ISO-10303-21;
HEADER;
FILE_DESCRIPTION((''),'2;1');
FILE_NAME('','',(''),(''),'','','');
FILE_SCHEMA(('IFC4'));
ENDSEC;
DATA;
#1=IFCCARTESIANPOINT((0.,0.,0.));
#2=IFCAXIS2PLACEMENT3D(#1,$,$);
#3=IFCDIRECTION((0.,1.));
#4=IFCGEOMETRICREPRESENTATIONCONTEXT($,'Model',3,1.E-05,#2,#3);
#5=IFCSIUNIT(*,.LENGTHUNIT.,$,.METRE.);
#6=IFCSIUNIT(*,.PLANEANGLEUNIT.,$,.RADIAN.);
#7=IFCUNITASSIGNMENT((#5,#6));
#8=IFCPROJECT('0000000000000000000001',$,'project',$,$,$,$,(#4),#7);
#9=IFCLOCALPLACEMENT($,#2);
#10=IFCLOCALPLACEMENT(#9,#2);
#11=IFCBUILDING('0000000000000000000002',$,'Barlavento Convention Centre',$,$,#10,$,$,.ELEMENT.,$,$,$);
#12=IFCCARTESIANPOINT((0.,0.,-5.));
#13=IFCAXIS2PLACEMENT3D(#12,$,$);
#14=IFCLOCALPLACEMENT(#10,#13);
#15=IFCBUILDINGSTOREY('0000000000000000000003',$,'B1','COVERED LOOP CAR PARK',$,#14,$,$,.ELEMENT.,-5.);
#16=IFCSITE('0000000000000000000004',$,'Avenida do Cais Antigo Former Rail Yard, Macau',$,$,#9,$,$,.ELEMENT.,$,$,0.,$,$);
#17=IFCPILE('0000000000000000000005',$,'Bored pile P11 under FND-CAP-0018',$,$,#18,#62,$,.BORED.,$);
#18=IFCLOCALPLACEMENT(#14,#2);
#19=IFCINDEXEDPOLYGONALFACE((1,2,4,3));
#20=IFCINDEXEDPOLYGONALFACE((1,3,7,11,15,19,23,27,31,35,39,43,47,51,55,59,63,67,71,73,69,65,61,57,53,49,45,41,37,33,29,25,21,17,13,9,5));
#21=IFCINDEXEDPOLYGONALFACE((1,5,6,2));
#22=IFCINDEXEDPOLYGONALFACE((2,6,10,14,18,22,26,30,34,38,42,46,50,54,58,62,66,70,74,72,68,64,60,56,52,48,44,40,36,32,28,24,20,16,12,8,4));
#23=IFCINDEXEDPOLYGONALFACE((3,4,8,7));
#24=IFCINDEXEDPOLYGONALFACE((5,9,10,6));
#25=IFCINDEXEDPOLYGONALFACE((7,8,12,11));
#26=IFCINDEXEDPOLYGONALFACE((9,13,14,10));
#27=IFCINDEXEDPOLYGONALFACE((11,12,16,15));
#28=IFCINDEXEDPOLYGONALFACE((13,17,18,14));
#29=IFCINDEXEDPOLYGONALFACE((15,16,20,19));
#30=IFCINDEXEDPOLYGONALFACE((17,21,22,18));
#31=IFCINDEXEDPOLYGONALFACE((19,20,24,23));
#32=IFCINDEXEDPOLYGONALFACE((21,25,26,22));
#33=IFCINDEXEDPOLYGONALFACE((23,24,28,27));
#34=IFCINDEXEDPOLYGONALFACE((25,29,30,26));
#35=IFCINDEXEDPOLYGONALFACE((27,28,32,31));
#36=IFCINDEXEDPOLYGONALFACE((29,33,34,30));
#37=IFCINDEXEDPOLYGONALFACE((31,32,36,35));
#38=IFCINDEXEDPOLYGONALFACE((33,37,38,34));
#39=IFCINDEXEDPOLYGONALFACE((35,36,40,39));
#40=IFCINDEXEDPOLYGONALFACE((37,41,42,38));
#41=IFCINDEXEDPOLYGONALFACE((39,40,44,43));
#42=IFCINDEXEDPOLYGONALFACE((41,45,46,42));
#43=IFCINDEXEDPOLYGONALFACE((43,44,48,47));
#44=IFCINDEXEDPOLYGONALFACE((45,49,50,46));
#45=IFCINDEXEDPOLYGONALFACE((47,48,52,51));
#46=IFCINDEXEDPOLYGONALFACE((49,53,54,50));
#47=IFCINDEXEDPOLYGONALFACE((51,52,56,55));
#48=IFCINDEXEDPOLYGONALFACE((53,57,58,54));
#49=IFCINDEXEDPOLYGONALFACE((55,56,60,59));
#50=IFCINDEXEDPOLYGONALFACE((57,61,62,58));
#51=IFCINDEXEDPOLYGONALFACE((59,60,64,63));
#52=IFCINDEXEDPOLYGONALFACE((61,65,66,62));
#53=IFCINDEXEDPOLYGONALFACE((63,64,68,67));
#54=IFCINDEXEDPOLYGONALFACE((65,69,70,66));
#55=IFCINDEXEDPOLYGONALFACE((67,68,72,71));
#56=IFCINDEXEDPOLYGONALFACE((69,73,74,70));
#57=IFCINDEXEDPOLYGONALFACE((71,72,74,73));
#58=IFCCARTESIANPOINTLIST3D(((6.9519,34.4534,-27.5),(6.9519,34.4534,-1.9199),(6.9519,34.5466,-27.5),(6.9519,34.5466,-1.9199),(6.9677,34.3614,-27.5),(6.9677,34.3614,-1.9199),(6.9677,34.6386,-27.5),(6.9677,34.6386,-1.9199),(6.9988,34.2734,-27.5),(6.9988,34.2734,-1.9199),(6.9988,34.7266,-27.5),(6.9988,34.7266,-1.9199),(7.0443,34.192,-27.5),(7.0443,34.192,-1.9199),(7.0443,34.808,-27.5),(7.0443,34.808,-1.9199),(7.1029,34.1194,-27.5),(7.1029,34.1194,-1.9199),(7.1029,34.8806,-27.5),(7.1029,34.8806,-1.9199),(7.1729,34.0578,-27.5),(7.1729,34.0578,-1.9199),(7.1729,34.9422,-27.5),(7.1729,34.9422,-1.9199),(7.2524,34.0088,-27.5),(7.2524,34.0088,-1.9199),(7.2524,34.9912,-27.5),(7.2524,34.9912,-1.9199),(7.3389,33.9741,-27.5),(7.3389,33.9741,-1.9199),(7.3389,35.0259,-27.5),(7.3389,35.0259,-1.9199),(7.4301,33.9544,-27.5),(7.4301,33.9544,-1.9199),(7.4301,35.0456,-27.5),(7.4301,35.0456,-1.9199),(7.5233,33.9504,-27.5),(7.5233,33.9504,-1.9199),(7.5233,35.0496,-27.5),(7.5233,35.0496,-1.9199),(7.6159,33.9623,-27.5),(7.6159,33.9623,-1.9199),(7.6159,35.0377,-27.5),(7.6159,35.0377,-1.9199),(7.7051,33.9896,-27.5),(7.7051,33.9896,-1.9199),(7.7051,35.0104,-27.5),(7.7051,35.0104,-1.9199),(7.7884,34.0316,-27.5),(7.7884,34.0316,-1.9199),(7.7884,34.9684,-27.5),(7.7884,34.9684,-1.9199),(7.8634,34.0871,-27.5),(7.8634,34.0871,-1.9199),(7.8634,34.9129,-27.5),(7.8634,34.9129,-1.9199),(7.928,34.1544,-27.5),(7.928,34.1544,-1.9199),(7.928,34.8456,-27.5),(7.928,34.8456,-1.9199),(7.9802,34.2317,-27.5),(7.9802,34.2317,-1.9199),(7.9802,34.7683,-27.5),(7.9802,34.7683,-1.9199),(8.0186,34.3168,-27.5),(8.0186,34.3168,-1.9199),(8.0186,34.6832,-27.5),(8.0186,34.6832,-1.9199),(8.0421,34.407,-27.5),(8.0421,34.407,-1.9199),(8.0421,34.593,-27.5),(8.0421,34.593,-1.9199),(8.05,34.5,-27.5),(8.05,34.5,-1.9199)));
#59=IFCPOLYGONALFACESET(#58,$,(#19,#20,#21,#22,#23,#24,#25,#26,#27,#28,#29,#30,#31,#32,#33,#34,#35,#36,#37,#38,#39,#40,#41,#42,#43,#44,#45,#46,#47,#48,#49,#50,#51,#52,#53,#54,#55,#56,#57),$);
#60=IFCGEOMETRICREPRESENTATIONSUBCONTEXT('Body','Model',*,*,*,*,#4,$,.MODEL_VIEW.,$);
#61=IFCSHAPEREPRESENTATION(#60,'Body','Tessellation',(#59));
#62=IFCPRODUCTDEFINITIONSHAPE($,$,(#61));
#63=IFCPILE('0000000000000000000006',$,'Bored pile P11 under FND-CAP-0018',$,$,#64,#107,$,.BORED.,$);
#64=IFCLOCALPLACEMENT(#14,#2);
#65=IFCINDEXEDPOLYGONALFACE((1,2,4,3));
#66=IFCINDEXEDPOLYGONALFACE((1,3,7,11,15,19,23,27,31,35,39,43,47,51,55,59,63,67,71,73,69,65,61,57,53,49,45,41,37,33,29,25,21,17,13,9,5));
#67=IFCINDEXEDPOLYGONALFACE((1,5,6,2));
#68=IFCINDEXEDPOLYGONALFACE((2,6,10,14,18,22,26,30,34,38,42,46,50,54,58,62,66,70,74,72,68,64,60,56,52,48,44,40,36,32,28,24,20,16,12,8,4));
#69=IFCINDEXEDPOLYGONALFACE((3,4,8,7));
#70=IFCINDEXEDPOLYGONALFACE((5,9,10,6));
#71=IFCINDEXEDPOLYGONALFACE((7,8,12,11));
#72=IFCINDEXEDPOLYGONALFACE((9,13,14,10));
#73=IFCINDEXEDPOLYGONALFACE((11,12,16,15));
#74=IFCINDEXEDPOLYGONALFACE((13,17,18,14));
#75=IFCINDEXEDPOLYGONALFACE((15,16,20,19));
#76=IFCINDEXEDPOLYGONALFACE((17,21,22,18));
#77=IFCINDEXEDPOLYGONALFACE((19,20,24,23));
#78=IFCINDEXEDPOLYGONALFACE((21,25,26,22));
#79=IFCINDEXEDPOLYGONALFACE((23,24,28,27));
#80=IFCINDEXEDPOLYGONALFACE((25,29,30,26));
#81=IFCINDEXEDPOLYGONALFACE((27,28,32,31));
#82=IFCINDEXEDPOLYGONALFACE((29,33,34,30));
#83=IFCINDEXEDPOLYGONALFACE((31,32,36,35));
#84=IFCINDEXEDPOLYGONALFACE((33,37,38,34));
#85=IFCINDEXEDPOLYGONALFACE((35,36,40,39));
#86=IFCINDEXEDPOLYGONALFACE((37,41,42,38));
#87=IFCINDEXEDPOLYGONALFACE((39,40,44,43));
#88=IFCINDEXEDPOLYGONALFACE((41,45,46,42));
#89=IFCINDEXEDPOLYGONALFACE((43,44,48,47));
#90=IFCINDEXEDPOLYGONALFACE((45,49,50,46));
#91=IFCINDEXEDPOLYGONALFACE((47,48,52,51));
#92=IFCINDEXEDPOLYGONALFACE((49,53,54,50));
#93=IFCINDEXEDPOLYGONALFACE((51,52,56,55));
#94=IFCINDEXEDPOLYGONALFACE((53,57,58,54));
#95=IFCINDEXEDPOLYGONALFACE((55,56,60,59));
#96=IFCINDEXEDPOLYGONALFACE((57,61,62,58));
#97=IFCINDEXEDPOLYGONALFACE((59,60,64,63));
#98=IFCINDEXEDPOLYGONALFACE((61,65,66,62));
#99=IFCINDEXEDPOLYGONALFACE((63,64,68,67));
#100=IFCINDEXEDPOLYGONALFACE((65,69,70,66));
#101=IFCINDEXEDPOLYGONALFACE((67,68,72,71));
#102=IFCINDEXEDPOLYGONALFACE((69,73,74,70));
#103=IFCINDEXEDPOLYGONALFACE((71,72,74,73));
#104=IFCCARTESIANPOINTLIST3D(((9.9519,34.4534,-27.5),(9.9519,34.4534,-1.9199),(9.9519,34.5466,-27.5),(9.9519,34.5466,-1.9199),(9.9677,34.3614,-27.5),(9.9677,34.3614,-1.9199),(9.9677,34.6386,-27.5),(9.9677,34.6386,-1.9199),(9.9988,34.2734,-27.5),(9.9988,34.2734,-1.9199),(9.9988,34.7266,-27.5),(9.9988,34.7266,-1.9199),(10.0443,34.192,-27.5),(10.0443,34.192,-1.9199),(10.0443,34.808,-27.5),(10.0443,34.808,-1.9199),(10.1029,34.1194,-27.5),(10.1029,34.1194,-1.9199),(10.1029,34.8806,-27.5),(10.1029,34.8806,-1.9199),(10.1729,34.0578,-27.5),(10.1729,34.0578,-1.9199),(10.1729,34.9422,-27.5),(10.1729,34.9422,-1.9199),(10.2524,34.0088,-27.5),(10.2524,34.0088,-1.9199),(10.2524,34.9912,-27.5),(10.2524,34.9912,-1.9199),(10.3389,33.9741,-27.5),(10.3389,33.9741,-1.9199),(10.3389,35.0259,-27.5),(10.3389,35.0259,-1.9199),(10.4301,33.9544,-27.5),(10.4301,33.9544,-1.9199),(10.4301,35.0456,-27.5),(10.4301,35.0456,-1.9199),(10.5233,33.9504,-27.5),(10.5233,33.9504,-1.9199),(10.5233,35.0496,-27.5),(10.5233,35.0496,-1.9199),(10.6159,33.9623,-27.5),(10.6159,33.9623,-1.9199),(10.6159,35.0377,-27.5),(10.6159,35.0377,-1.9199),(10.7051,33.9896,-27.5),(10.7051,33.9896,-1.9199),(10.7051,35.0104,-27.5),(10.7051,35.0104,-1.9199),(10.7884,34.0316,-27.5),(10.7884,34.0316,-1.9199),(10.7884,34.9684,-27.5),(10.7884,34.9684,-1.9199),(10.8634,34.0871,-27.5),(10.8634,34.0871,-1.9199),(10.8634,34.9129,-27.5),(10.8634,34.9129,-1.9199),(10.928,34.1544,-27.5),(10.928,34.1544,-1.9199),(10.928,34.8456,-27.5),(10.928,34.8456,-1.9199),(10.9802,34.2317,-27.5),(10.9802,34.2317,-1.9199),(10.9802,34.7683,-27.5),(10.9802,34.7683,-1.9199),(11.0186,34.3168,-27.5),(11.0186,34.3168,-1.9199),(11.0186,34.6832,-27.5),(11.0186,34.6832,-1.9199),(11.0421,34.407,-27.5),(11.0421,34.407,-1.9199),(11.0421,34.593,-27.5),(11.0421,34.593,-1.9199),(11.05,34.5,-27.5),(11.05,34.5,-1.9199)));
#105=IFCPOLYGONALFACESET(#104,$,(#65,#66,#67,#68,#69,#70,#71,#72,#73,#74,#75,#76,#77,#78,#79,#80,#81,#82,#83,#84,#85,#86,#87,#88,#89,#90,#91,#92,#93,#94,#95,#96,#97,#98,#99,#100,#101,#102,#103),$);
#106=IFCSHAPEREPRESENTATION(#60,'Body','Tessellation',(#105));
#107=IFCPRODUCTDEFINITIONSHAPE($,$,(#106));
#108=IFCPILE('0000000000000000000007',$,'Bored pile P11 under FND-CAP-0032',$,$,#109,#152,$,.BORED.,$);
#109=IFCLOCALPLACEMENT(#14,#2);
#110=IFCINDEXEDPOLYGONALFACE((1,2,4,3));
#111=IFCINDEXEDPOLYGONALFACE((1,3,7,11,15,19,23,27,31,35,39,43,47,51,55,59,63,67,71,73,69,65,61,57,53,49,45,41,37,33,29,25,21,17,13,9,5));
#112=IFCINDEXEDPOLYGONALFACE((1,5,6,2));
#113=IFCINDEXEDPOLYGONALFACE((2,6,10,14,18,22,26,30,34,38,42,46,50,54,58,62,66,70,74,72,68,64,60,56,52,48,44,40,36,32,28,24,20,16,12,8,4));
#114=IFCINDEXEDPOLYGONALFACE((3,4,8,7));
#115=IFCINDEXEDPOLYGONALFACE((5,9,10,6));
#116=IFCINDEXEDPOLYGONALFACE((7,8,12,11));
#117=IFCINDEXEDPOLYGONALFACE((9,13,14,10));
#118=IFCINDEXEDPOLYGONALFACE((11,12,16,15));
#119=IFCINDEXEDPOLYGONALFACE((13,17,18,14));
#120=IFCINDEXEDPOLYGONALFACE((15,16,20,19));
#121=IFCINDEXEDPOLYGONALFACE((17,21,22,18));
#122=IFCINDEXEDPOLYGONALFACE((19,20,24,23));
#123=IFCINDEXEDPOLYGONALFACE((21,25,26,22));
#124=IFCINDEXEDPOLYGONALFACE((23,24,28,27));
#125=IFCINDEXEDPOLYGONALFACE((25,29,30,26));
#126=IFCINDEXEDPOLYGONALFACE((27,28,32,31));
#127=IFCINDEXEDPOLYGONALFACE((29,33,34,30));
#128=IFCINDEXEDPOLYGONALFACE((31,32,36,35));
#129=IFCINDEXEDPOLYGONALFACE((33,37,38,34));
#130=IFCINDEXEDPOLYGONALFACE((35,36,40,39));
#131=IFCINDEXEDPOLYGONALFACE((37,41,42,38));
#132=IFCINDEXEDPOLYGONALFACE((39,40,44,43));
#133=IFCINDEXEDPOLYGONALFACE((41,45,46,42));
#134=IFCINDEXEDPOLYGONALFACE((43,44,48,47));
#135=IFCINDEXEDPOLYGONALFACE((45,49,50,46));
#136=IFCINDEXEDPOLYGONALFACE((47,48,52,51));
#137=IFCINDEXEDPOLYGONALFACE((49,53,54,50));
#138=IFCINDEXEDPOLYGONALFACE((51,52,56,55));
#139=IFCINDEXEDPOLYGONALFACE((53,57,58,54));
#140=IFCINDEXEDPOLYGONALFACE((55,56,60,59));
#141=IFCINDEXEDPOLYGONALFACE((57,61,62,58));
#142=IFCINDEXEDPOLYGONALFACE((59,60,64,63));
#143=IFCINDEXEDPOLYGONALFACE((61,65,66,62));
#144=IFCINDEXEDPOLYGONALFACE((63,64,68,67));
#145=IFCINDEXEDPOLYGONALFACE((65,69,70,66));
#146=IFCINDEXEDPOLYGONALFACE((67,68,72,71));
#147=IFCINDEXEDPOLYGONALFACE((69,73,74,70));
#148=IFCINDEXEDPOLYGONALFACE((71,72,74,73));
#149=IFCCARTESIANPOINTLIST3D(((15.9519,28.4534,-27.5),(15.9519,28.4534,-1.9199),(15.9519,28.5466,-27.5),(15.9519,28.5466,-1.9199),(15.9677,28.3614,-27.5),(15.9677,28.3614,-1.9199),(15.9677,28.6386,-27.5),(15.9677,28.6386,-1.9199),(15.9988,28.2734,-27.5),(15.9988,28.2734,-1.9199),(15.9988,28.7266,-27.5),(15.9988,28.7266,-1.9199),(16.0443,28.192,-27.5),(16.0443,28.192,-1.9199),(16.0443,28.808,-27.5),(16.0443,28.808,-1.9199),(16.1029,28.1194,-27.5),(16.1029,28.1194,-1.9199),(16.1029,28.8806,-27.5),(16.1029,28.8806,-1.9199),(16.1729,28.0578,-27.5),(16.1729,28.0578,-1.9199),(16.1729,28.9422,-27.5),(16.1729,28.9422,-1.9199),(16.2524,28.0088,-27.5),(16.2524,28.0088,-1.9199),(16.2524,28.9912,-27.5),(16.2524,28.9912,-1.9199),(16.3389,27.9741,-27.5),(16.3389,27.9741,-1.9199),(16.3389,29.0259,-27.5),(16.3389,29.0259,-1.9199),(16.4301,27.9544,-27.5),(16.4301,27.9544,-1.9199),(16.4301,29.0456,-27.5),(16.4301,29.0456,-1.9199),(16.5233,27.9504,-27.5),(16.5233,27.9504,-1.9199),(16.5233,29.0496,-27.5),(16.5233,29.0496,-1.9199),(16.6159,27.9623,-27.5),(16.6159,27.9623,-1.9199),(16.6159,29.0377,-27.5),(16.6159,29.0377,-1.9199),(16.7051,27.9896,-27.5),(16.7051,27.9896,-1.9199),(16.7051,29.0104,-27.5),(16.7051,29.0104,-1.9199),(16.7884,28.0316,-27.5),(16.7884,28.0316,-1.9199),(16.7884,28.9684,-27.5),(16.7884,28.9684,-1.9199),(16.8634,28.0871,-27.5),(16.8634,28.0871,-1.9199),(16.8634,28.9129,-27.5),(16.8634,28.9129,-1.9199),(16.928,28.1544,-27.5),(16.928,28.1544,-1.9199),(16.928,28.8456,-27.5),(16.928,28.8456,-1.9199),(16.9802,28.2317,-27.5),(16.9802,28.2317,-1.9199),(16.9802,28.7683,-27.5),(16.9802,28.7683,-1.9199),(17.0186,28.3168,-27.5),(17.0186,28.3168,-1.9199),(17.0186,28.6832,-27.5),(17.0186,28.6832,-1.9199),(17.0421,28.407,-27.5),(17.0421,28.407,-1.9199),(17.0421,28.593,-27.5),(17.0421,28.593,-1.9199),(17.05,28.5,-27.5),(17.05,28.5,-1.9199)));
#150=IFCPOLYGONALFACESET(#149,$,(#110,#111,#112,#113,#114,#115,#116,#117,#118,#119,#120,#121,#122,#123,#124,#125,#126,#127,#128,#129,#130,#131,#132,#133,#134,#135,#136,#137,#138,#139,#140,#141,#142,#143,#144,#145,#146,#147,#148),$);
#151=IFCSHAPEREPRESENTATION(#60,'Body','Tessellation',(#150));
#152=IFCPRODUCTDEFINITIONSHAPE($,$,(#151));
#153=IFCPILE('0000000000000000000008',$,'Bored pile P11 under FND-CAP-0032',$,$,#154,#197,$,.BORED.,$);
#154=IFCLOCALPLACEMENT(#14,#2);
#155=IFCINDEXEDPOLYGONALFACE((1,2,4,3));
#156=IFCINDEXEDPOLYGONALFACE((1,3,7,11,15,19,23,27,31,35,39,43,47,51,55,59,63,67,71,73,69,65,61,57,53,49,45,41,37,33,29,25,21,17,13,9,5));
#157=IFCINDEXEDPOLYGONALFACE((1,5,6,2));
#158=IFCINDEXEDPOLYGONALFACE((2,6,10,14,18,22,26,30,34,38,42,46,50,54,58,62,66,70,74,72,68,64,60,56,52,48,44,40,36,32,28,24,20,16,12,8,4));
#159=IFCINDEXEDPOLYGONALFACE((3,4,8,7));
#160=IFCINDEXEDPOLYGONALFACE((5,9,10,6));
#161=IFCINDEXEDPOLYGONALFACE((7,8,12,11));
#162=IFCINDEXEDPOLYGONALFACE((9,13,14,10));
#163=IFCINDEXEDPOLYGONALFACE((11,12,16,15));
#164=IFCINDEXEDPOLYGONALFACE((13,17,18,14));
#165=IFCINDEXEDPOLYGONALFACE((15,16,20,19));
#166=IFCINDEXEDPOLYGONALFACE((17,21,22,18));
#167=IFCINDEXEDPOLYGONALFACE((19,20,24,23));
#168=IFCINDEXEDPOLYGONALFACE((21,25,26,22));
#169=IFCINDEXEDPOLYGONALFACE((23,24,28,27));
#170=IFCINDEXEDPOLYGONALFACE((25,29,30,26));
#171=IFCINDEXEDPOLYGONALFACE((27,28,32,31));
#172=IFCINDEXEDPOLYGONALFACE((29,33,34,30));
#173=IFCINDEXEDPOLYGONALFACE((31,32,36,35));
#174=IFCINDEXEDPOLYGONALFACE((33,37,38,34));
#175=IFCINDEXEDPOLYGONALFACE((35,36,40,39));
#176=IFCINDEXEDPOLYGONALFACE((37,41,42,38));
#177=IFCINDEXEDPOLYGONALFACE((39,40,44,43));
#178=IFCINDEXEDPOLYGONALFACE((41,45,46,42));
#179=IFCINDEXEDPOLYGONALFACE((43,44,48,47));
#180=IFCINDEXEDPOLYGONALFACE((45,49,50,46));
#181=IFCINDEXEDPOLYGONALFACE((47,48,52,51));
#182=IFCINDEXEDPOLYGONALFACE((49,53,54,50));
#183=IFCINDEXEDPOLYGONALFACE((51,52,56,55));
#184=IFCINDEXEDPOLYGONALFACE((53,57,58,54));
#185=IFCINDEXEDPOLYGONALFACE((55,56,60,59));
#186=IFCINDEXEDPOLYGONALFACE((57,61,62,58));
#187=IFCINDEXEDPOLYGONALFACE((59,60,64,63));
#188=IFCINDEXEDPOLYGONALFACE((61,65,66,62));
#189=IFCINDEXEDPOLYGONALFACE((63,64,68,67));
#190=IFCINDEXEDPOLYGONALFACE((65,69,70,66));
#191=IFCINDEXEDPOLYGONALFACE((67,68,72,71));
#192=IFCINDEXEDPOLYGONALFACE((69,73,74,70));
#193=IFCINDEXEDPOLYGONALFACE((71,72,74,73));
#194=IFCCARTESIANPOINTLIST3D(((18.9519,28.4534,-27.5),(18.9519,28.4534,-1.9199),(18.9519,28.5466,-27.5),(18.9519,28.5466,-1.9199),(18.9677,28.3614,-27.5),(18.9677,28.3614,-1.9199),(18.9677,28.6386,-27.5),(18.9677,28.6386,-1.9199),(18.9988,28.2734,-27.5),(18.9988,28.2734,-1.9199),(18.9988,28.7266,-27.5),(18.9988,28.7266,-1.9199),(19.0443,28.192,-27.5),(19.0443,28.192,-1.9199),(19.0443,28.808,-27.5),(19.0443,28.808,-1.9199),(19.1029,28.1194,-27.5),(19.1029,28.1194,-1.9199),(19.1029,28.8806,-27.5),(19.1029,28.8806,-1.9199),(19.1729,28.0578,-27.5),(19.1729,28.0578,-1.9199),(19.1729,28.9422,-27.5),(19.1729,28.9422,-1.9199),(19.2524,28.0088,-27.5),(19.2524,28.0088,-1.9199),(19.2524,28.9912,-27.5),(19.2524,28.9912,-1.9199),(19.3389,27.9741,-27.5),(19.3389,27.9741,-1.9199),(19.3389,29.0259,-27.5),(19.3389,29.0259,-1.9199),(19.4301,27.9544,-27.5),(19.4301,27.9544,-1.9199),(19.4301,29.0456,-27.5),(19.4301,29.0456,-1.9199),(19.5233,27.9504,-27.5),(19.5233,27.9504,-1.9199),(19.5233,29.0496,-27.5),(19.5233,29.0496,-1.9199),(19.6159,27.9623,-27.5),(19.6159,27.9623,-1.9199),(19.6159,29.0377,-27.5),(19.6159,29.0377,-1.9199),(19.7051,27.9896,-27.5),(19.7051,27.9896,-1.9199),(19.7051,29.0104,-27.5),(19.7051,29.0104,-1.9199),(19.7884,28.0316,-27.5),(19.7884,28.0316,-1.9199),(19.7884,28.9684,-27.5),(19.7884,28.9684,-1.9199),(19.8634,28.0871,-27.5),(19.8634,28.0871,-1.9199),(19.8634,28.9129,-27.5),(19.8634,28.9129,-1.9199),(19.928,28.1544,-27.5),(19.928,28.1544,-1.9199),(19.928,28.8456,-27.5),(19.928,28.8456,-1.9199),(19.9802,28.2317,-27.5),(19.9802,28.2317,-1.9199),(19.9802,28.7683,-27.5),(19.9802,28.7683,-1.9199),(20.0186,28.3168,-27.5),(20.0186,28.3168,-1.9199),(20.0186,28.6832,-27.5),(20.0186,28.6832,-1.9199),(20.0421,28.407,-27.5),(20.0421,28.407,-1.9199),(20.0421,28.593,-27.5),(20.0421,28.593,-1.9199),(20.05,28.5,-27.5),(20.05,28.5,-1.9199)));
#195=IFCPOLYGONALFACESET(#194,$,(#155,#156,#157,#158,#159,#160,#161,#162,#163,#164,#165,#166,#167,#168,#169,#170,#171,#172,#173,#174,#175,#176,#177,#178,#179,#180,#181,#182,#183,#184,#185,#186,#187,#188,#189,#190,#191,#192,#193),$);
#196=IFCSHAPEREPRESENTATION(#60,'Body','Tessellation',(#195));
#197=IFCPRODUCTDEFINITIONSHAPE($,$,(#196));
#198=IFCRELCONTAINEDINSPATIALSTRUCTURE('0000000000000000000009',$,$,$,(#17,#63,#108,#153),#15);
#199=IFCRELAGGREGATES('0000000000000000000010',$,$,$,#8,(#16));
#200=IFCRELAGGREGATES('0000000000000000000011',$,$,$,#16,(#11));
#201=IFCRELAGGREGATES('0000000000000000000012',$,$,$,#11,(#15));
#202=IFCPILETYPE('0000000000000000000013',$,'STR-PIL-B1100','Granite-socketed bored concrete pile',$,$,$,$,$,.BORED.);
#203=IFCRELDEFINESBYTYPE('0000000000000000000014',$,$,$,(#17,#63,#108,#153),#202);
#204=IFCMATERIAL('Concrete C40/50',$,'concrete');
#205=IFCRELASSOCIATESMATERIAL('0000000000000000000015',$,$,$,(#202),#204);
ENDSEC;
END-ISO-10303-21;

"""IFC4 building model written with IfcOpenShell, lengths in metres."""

from ifc_helpers import new_model, si_unit, direction, frame, origin, origin_2d, place, context, subcontext, project, spatial, circle, extrude, material, material_profile, profile_set, type_object, element, save


model = new_model("IFC4")

# Units and contexts
model_context = context("Model", 3, precision=1e-05, world=origin(), true_north=direction((0.0, 1.0)))
body_context = subcontext(model_context, "Body", "Model", "MODEL_VIEW")
ifc_project = project(units=[si_unit("LENGTHUNIT", "METRE"), si_unit("PLANEANGLEUNIT", "RADIAN")], contexts=[model_context])

# Site, building, storey
site_placement = place(None, origin())
site = spatial("IfcSite", under=ifc_project, at=site_placement, Name="Avenida do Cais Antigo Former Rail Yard, Macau", CompositionType="ELEMENT", RefElevation=0.0)
building_placement = place(site_placement, origin())
building = spatial("IfcBuilding", under=site, at=building_placement, Name="Barlavento Convention Centre", CompositionType="ELEMENT")
storey_placement = place(building_placement, frame((0.0, 0.0, -5.0)))
storey = spatial("IfcBuildingStorey", under=building, at=storey_placement, Name="B1", Description="COVERED LOOP CAR PARK", CompositionType="ELEMENT", Elevation=-5.0)

# Shared definitions
ifc_material_1 = material(Name="Concrete C40/50", Category="concrete")

# Piles
ifc_material_profile_1 = material_profile(ifc_material_1, circle(Radius=0.55, at=origin_2d()), Name="BORED PILE 1100")
ifc_profile_set_1 = profile_set([ifc_material_profile_1], Name="Concrete C40/50")
pile_type_1 = type_object("IfcPileType", Name="STR-PIL-B1100", Description="Granite-socketed bored concrete pile", PredefinedType="BORED", material=ifc_profile_set_1)
for number, where, z_axis, x_axis, name in (
    (1, (7.5, 34.5, -1.9199), (0.0, 0.0, -1.0), (1.0, 0.0, 0.0), "Bored pile P11 under FND-CAP-0018"),
    (2, (10.5, 34.5, -1.9199), (0.0, 0.0, -1.0), (1.0, 0.0, 0.0), "Bored pile P11 under FND-CAP-0018"),
    (3, (16.5, 28.5, -1.9199), (0.0, 0.0, -1.0), (1.0, 0.0, 0.0), "Bored pile P11 under FND-CAP-0032"),
    (4, (19.5, 28.5, -1.9199), (0.0, 0.0, -1.0), (1.0, 0.0, 0.0), "Bored pile P11 under FND-CAP-0032"),
):
    element("IfcPile", number, at=place(storey_placement, frame(where, z_axis=z_axis, x_axis=x_axis)), inside=storey, type_object=pile_type_1, Name=name, PredefinedType="BORED", context=body_context, shape_type="SweptSolid", body=[
        extrude(circle(Radius=0.55, at=origin_2d()), origin(), (0.0, 0.0, 1.0), 25.5801),
    ])

save(model, "model.ifc")
